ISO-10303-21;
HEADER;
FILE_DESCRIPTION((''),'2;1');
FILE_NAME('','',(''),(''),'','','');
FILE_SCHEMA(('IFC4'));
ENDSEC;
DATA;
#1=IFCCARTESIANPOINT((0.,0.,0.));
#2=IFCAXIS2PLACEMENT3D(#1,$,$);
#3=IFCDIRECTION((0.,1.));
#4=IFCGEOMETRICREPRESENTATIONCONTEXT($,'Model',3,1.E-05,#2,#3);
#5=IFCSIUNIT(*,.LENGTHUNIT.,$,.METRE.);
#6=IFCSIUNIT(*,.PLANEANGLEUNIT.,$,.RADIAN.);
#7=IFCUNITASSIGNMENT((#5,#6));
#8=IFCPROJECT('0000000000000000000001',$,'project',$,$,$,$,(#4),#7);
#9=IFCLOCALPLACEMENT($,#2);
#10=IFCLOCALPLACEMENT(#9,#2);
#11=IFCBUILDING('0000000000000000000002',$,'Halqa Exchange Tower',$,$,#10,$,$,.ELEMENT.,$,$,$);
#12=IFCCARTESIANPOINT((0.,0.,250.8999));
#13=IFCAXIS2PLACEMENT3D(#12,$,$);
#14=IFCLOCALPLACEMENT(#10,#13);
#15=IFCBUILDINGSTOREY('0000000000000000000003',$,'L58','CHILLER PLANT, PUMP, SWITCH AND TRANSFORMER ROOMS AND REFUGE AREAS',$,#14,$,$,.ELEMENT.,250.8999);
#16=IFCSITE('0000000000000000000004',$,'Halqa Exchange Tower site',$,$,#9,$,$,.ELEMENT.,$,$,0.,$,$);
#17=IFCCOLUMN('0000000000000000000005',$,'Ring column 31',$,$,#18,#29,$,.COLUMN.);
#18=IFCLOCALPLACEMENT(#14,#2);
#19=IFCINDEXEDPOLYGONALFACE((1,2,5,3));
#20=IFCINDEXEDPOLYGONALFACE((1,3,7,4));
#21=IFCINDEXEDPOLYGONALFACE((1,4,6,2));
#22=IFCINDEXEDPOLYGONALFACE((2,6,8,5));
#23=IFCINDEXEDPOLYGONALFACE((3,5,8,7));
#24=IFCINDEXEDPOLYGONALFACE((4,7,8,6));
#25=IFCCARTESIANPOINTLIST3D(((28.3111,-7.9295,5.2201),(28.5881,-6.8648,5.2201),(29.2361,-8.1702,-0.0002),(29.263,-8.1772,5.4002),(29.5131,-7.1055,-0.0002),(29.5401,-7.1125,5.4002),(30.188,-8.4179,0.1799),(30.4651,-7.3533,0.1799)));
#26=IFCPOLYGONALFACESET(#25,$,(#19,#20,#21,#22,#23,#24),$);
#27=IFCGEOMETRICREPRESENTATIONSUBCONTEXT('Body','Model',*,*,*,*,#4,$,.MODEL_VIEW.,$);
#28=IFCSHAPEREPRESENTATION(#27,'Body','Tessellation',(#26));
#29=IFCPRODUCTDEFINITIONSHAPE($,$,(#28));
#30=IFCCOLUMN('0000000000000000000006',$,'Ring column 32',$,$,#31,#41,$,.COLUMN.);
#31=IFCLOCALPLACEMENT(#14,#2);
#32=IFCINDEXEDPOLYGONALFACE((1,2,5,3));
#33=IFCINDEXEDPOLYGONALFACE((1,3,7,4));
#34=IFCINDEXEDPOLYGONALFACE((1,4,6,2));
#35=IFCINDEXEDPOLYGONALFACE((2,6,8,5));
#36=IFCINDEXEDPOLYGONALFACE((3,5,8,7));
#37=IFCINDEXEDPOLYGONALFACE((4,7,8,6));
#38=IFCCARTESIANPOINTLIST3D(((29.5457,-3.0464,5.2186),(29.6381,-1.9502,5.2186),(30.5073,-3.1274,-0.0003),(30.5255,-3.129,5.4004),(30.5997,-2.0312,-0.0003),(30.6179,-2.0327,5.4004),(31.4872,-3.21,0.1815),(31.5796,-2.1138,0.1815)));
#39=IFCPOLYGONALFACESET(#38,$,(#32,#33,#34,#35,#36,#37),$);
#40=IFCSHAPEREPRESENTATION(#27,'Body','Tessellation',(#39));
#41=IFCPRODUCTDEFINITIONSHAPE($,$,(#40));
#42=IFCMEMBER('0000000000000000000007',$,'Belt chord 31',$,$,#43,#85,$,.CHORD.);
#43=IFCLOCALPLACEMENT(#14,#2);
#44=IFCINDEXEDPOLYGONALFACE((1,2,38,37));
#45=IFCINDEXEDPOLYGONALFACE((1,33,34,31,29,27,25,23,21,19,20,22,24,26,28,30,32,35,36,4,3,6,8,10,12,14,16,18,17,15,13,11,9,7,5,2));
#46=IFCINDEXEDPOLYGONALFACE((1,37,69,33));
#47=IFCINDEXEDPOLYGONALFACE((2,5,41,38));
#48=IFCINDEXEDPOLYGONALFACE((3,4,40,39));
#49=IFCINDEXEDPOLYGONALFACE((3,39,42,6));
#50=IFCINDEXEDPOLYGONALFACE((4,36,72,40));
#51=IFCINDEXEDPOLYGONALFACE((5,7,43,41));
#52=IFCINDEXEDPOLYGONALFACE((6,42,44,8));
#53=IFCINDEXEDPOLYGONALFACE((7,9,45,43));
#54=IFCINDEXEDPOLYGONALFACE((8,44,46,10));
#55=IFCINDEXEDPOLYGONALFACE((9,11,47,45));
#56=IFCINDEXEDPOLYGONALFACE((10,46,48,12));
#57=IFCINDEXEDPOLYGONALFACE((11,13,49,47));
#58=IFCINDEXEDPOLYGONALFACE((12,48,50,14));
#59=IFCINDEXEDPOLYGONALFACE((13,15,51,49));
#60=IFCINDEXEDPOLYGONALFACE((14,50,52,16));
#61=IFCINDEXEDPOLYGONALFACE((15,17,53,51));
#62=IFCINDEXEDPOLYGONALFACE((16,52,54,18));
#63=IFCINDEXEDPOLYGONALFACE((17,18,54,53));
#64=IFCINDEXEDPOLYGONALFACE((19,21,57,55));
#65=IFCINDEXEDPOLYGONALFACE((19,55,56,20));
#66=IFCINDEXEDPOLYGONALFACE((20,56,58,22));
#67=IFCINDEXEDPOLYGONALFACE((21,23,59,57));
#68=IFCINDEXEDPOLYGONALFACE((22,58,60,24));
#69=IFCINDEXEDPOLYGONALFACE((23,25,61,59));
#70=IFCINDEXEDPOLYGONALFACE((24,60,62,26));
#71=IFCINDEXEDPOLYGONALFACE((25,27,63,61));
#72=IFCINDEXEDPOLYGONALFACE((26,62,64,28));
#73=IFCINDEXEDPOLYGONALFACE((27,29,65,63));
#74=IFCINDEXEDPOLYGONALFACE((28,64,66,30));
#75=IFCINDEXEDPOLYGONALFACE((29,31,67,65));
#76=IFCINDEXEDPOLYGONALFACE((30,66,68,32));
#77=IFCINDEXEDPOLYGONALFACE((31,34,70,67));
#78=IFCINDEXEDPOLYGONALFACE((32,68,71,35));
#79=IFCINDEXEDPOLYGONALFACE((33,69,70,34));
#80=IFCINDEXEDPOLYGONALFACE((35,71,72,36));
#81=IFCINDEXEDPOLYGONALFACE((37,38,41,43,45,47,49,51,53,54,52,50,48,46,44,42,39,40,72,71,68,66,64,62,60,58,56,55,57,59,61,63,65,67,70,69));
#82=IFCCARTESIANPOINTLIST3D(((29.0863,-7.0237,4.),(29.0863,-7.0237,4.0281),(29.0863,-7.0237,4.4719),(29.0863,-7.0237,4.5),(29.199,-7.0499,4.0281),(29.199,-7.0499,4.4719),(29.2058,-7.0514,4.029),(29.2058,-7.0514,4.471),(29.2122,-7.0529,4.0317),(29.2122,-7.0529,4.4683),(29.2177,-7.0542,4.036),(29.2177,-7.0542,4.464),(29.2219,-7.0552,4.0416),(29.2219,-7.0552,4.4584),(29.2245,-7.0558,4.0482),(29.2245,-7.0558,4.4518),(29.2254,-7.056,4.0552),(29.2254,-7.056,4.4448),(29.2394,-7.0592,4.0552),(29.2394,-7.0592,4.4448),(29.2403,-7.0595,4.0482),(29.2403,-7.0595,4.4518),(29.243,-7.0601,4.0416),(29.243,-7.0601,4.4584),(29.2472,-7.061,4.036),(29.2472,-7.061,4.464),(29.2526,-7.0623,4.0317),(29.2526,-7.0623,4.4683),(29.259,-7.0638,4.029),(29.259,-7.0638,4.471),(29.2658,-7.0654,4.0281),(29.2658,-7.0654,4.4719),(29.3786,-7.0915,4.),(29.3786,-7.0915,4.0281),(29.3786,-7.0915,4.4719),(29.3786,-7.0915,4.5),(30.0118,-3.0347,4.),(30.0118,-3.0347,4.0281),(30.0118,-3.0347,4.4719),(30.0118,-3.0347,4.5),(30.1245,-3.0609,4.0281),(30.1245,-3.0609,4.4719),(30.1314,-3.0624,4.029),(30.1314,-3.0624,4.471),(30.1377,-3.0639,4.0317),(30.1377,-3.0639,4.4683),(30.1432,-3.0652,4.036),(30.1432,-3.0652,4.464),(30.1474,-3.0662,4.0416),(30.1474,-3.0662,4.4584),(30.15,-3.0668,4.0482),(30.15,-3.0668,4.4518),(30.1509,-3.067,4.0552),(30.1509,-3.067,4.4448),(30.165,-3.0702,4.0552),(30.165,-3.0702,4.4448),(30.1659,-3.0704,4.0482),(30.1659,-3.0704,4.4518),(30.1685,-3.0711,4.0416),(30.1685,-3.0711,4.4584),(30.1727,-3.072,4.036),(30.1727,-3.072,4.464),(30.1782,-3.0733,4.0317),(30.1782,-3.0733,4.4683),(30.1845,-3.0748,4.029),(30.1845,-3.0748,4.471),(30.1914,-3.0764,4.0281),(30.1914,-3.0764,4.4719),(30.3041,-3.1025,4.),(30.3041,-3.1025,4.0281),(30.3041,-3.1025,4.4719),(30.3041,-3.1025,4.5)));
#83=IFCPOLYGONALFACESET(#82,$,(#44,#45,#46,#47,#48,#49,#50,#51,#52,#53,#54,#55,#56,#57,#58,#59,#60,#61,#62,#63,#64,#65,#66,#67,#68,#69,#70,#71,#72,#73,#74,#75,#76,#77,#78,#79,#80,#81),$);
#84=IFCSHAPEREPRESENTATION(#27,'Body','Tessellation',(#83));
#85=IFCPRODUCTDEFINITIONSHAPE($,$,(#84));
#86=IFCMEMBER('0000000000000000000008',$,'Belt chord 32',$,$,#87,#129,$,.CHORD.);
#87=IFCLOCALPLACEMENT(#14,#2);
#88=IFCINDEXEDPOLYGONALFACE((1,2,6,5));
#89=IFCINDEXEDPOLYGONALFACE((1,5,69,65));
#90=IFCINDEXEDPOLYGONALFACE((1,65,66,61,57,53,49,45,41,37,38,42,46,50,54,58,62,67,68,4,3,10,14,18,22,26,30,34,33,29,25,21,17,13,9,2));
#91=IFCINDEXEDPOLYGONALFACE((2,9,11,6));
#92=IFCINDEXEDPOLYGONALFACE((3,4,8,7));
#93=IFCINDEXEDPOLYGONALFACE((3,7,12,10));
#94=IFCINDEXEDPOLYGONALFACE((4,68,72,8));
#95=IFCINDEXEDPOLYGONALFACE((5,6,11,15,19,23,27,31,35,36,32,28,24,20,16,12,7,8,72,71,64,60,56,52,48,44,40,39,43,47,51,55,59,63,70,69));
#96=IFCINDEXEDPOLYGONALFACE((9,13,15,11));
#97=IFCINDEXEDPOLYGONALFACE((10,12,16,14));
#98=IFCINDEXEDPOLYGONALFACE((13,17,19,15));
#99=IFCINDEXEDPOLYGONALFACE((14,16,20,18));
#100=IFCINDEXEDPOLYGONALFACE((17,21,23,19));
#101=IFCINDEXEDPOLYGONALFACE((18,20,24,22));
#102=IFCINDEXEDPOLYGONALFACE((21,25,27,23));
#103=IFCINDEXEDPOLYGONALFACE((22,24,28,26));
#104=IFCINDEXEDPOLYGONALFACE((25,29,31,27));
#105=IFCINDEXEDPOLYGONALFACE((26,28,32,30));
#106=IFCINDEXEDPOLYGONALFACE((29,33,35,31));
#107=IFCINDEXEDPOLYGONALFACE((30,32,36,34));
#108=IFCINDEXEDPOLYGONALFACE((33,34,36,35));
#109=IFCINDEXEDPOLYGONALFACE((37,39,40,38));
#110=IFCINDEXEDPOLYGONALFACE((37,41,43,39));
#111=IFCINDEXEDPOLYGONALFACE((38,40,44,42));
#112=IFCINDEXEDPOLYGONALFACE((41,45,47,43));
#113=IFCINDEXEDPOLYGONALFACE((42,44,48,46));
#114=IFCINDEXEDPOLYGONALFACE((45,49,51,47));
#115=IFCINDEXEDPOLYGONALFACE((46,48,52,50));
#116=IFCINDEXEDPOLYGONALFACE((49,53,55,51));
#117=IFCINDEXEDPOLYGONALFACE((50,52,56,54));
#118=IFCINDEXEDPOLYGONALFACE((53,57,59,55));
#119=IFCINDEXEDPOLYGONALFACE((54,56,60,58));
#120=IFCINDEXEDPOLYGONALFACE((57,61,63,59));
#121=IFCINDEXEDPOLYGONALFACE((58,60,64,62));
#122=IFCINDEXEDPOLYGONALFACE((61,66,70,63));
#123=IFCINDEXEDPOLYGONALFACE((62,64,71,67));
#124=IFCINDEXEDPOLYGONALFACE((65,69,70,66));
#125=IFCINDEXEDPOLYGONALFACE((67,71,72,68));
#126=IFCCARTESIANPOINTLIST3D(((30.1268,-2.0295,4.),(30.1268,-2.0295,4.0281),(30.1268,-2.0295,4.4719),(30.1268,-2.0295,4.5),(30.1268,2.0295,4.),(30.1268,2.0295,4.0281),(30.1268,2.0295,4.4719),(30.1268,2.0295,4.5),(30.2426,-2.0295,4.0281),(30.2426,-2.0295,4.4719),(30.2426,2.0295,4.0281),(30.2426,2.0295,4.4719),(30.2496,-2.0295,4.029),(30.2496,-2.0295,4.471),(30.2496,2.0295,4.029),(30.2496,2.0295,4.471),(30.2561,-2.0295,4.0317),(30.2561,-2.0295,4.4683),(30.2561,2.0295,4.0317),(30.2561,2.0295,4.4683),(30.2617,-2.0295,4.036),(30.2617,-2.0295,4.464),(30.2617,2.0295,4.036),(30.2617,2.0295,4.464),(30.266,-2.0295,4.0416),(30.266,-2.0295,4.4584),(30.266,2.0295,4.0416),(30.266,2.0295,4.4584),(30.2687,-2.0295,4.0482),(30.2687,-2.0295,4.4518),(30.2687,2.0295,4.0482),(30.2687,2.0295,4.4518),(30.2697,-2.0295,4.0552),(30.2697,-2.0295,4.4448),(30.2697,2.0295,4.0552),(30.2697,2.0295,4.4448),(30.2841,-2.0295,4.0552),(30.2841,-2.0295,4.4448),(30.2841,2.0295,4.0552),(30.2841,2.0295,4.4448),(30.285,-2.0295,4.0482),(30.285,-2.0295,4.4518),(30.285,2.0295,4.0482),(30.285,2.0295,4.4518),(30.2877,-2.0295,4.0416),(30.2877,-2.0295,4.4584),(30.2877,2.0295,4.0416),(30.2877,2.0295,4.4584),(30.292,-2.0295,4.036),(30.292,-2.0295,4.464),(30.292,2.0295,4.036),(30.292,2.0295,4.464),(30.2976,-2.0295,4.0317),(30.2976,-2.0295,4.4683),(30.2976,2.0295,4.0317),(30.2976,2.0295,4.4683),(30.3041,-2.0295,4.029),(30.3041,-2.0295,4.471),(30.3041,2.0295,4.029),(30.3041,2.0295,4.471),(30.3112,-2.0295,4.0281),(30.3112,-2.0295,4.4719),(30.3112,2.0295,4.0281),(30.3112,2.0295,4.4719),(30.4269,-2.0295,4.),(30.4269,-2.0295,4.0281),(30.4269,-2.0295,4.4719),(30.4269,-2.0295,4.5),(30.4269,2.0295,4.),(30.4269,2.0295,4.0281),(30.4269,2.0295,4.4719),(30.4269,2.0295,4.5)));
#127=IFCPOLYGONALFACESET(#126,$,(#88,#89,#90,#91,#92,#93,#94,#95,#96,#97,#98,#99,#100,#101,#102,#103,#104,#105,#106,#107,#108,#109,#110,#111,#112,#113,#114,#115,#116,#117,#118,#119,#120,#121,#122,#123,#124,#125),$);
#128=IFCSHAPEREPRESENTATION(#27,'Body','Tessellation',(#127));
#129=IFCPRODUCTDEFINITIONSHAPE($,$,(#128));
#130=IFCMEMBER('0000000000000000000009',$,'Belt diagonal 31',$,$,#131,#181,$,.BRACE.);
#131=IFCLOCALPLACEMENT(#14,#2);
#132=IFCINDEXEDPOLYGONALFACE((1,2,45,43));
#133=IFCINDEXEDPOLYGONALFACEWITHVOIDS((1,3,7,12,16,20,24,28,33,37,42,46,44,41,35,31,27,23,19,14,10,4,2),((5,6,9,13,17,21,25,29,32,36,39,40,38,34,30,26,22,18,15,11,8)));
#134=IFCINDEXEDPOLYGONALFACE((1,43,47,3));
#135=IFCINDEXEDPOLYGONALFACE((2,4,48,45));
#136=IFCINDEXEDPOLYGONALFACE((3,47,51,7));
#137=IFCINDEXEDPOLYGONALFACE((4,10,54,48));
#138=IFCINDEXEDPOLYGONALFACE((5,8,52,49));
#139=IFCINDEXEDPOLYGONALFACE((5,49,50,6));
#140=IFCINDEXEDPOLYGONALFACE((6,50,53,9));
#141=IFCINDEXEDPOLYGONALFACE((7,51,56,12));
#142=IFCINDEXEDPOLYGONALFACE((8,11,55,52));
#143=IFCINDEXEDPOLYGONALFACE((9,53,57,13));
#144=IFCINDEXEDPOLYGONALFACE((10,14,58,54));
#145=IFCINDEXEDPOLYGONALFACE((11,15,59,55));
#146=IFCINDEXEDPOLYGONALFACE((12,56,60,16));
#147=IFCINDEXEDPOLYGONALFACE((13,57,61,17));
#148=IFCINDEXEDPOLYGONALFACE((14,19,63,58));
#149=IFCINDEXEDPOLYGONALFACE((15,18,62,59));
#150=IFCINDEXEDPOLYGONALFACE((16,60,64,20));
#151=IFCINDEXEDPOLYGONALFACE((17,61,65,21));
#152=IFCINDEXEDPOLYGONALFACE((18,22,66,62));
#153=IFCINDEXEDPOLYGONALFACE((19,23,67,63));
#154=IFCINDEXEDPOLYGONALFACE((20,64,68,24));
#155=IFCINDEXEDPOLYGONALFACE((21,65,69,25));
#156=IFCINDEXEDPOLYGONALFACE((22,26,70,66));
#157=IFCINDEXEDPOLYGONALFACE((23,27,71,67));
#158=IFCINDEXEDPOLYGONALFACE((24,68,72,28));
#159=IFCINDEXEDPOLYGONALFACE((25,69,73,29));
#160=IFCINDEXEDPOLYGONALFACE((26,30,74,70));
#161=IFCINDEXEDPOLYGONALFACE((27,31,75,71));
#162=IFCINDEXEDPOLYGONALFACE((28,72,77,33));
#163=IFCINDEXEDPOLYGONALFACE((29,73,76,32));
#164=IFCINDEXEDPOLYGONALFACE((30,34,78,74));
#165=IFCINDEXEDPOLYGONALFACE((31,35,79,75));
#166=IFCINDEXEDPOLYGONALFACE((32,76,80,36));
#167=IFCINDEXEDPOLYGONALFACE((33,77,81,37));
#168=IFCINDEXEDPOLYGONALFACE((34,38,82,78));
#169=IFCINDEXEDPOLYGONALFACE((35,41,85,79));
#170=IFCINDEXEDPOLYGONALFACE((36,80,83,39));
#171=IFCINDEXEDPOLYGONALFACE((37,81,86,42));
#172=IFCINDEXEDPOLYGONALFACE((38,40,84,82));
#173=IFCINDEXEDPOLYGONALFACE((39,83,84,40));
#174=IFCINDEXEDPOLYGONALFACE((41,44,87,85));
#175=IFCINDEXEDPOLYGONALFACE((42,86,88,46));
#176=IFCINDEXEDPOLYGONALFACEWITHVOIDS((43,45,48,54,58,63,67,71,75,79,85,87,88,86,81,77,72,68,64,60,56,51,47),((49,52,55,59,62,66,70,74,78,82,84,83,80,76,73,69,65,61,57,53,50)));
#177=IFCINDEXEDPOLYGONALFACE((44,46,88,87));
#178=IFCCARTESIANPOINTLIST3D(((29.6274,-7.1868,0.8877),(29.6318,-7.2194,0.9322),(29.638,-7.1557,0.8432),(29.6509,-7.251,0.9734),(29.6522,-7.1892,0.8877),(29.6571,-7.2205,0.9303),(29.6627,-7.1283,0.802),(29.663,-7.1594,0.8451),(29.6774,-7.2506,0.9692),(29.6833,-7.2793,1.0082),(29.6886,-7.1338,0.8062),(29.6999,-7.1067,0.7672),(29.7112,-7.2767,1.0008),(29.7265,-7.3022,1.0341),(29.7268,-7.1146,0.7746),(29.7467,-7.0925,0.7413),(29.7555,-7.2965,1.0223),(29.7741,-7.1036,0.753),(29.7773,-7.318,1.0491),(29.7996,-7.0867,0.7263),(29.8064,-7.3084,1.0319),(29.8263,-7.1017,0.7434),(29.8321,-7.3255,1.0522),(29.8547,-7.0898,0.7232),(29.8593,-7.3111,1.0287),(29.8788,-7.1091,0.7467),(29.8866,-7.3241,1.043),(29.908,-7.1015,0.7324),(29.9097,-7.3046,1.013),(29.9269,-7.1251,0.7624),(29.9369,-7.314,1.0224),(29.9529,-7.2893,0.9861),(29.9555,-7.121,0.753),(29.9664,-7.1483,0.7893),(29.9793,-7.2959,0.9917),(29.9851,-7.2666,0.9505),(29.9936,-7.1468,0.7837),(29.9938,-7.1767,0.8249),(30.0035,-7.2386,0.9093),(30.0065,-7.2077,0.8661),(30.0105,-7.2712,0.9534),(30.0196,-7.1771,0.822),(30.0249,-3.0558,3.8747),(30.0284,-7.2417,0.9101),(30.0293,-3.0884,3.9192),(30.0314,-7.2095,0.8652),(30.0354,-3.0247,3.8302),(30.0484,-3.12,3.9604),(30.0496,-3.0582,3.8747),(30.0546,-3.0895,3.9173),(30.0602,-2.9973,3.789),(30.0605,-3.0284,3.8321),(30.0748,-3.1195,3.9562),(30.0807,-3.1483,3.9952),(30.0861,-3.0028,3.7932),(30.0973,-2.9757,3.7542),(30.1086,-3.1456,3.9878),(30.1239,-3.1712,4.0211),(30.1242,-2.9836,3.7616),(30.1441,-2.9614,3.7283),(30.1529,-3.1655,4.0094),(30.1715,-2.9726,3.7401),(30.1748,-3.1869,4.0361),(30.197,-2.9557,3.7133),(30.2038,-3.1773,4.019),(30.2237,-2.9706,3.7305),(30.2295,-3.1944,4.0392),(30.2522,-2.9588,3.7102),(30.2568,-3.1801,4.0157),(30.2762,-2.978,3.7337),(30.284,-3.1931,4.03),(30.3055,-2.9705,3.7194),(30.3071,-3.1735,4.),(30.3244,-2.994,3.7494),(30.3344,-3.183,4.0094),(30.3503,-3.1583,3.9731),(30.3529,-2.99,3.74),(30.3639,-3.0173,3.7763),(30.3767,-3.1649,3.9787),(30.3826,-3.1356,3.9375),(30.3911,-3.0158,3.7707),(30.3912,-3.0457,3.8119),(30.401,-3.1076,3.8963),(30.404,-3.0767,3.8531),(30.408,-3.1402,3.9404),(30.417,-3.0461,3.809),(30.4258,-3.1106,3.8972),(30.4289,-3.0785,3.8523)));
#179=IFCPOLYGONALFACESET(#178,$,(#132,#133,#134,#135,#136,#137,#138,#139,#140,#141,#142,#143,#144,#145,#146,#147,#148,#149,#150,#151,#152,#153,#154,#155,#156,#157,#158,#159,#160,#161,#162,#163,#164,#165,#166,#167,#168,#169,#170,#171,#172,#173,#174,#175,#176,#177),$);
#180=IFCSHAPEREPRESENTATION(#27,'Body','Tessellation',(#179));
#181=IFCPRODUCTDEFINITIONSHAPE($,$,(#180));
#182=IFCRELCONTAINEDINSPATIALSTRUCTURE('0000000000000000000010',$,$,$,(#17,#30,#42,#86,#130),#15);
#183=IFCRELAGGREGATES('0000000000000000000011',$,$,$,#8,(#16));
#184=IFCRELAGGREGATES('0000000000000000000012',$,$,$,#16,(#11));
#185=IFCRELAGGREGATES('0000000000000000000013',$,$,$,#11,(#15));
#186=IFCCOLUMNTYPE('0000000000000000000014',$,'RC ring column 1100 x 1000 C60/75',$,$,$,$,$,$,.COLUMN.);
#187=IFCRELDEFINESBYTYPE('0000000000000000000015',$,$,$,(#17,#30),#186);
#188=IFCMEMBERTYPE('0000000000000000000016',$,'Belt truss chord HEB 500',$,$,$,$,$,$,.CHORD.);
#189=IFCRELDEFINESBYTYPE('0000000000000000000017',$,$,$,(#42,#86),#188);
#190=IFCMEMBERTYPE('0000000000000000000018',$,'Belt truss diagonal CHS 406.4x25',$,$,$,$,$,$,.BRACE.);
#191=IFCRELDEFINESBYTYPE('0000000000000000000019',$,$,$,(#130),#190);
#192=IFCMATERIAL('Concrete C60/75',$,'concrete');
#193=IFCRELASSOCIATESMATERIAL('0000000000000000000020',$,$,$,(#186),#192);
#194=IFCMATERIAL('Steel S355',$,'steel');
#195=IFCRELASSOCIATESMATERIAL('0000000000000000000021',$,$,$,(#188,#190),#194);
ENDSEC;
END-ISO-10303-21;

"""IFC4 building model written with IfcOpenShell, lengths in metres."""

from ifc_helpers import new_model, si_unit, direction, frame, origin, origin_2d, place, context, subcontext, project, spatial, rectangle, hollow_circle, i_section, extrude, material, material_profile, profile_set, type_object, element, save


model = new_model("IFC4")

# Units and contexts
model_context = context("Model", 3, precision=1e-05, world=origin(), true_north=direction((0.0, 1.0)))
body_context = subcontext(model_context, "Body", "Model", "MODEL_VIEW")
ifc_project = project(units=[si_unit("LENGTHUNIT", "METRE"), si_unit("PLANEANGLEUNIT", "RADIAN")], contexts=[model_context])

# Site, building, storey
site_placement = place(None, origin())
site = spatial("IfcSite", under=ifc_project, at=site_placement, Name="Halqa Exchange Tower site", CompositionType="ELEMENT", RefElevation=0.0)
building_placement = place(site_placement, origin())
building = spatial("IfcBuilding", under=site, at=building_placement, Name="Halqa Exchange Tower", CompositionType="ELEMENT")
storey_placement = place(building_placement, frame((0.0, 0.0, 250.8999)))
storey = spatial("IfcBuildingStorey", under=building, at=storey_placement, Name="L58", Description="CHILLER PLANT, PUMP, SWITCH AND TRANSFORMER ROOMS AND REFUGE AREAS", CompositionType="ELEMENT", Elevation=250.8999)

# Columns
ifc_material_1 = material(Name="Concrete C60/75", Category="concrete")
ifc_material_profile_1 = material_profile(ifc_material_1, rectangle(XDim=1.1001, YDim=1.0, at=origin_2d()), Name="1100 x 1000")
ifc_profile_set_1 = profile_set([ifc_material_profile_1], Name="Concrete C60/75")
column_type = type_object("IfcColumnType", Name="RC ring column 1100 x 1000 C60/75", PredefinedType="COLUMN", material=ifc_profile_set_1)
column_1_placement = place(storey_placement, frame((29.8506, -7.7617, 0.0898), z_axis=(-0.174299, 0.045357, 0.983648), x_axis=(-0.25184, -0.967769, 0.0)))
element("IfcColumn", 1, at=column_1_placement, inside=storey, type_object=column_type, Name="Ring column 31", PredefinedType="COLUMN", context=body_context, shape_type="SweptSolid", body=[
    extrude(rectangle(XDim=1.1001, YDim=1.0, at=origin_2d()), origin(), (0.0, 0.0, 1.0), 5.3071),
])
column_2_placement = place(storey_placement, frame((31.0435, -2.6206, 0.0906), z_axis=(-0.181192, 0.015272, 0.983329), x_axis=(-0.083988, -0.996467, 0.0)))
element("IfcColumn", 2, at=column_2_placement, inside=storey, type_object=column_type, Name="Ring column 32", PredefinedType="COLUMN", context=body_context, shape_type="SweptSolid", body=[
    extrude(rectangle(XDim=1.1001, YDim=1.0, at=origin_2d()), origin(), (0.0, 0.0, 1.0), 5.3074),
])

# Members
ifc_material_2 = material(Name="Steel S355", Category="steel")
ifc_material_profile_2 = material_profile(ifc_material_2, i_section(OverallWidth=0.3, OverallDepth=0.5, WebThickness=0.0144, FlangeThickness=0.0281, FilletRadius=0.0271, at=origin_2d()), Name="HEB 500")
ifc_profile_set_2 = profile_set([ifc_material_profile_2], Name="Steel S355")
member_type_1 = type_object("IfcMemberType", Name="Belt truss chord HEB 500", PredefinedType="CHORD", material=ifc_profile_set_2)
member_1_placement = place(storey_placement, frame((29.2324, -7.0576, 4.25), z_axis=(0.226018, 0.974123, 0.0), x_axis=(-0.974123, 0.226018, 0.0)))
element("IfcMember", 3, at=member_1_placement, inside=storey, type_object=member_type_1, Name="Belt chord 31", PredefinedType="CHORD", context=body_context, shape_type="SweptSolid", body=[
    extrude(i_section(OverallWidth=0.3, OverallDepth=0.5, WebThickness=0.0144, FlangeThickness=0.0281, FilletRadius=0.0271, at=origin_2d()), origin(), (0.0, 0.0, 1.0), 4.095),
])
member_2_placement = place(storey_placement, frame((30.2769, -2.0295, 4.25), z_axis=(0.0, 1.0, 0.0), x_axis=(-1.0, 0.0, 0.0)))
element("IfcMember", 4, at=member_2_placement, inside=storey, type_object=member_type_1, Name="Belt chord 32", PredefinedType="CHORD", context=body_context, shape_type="SweptSolid", body=[
    extrude(i_section(OverallWidth=0.3, OverallDepth=0.5, WebThickness=0.0144, FlangeThickness=0.0281, FilletRadius=0.0271, at=origin_2d()), origin(), (0.0, 0.0, 1.0), 4.0591),
])
ifc_material_profile_3 = material_profile(ifc_material_2, hollow_circle(Radius=0.2031, WallThickness=0.0249, at=origin_2d()), Name="CHS 406.4x25")
ifc_profile_set_3 = profile_set([ifc_material_profile_3], Name="Steel S355")
member_type_2 = type_object("IfcMemberType", Name="Belt truss diagonal CHS 406.4x25", PredefinedType="BRACE", material=ifc_profile_set_3)
member_3_placement = place(storey_placement, frame((29.8296, -7.2063, 0.8877), z_axis=(0.07773, 0.807903, 0.584167), x_axis=(-0.995404, 0.09577, 0.0)))
element("IfcMember", 5, at=member_3_placement, inside=storey, type_object=member_type_2, Name="Belt diagonal 31", PredefinedType="BRACE", context=body_context, shape_type="SweptSolid", body=[
    extrude(hollow_circle(Radius=0.2031, WallThickness=0.0249, at=origin_2d()), origin(), (0.0, 0.0, 1.0), 5.1133),
])

save(model, "model.ifc")
